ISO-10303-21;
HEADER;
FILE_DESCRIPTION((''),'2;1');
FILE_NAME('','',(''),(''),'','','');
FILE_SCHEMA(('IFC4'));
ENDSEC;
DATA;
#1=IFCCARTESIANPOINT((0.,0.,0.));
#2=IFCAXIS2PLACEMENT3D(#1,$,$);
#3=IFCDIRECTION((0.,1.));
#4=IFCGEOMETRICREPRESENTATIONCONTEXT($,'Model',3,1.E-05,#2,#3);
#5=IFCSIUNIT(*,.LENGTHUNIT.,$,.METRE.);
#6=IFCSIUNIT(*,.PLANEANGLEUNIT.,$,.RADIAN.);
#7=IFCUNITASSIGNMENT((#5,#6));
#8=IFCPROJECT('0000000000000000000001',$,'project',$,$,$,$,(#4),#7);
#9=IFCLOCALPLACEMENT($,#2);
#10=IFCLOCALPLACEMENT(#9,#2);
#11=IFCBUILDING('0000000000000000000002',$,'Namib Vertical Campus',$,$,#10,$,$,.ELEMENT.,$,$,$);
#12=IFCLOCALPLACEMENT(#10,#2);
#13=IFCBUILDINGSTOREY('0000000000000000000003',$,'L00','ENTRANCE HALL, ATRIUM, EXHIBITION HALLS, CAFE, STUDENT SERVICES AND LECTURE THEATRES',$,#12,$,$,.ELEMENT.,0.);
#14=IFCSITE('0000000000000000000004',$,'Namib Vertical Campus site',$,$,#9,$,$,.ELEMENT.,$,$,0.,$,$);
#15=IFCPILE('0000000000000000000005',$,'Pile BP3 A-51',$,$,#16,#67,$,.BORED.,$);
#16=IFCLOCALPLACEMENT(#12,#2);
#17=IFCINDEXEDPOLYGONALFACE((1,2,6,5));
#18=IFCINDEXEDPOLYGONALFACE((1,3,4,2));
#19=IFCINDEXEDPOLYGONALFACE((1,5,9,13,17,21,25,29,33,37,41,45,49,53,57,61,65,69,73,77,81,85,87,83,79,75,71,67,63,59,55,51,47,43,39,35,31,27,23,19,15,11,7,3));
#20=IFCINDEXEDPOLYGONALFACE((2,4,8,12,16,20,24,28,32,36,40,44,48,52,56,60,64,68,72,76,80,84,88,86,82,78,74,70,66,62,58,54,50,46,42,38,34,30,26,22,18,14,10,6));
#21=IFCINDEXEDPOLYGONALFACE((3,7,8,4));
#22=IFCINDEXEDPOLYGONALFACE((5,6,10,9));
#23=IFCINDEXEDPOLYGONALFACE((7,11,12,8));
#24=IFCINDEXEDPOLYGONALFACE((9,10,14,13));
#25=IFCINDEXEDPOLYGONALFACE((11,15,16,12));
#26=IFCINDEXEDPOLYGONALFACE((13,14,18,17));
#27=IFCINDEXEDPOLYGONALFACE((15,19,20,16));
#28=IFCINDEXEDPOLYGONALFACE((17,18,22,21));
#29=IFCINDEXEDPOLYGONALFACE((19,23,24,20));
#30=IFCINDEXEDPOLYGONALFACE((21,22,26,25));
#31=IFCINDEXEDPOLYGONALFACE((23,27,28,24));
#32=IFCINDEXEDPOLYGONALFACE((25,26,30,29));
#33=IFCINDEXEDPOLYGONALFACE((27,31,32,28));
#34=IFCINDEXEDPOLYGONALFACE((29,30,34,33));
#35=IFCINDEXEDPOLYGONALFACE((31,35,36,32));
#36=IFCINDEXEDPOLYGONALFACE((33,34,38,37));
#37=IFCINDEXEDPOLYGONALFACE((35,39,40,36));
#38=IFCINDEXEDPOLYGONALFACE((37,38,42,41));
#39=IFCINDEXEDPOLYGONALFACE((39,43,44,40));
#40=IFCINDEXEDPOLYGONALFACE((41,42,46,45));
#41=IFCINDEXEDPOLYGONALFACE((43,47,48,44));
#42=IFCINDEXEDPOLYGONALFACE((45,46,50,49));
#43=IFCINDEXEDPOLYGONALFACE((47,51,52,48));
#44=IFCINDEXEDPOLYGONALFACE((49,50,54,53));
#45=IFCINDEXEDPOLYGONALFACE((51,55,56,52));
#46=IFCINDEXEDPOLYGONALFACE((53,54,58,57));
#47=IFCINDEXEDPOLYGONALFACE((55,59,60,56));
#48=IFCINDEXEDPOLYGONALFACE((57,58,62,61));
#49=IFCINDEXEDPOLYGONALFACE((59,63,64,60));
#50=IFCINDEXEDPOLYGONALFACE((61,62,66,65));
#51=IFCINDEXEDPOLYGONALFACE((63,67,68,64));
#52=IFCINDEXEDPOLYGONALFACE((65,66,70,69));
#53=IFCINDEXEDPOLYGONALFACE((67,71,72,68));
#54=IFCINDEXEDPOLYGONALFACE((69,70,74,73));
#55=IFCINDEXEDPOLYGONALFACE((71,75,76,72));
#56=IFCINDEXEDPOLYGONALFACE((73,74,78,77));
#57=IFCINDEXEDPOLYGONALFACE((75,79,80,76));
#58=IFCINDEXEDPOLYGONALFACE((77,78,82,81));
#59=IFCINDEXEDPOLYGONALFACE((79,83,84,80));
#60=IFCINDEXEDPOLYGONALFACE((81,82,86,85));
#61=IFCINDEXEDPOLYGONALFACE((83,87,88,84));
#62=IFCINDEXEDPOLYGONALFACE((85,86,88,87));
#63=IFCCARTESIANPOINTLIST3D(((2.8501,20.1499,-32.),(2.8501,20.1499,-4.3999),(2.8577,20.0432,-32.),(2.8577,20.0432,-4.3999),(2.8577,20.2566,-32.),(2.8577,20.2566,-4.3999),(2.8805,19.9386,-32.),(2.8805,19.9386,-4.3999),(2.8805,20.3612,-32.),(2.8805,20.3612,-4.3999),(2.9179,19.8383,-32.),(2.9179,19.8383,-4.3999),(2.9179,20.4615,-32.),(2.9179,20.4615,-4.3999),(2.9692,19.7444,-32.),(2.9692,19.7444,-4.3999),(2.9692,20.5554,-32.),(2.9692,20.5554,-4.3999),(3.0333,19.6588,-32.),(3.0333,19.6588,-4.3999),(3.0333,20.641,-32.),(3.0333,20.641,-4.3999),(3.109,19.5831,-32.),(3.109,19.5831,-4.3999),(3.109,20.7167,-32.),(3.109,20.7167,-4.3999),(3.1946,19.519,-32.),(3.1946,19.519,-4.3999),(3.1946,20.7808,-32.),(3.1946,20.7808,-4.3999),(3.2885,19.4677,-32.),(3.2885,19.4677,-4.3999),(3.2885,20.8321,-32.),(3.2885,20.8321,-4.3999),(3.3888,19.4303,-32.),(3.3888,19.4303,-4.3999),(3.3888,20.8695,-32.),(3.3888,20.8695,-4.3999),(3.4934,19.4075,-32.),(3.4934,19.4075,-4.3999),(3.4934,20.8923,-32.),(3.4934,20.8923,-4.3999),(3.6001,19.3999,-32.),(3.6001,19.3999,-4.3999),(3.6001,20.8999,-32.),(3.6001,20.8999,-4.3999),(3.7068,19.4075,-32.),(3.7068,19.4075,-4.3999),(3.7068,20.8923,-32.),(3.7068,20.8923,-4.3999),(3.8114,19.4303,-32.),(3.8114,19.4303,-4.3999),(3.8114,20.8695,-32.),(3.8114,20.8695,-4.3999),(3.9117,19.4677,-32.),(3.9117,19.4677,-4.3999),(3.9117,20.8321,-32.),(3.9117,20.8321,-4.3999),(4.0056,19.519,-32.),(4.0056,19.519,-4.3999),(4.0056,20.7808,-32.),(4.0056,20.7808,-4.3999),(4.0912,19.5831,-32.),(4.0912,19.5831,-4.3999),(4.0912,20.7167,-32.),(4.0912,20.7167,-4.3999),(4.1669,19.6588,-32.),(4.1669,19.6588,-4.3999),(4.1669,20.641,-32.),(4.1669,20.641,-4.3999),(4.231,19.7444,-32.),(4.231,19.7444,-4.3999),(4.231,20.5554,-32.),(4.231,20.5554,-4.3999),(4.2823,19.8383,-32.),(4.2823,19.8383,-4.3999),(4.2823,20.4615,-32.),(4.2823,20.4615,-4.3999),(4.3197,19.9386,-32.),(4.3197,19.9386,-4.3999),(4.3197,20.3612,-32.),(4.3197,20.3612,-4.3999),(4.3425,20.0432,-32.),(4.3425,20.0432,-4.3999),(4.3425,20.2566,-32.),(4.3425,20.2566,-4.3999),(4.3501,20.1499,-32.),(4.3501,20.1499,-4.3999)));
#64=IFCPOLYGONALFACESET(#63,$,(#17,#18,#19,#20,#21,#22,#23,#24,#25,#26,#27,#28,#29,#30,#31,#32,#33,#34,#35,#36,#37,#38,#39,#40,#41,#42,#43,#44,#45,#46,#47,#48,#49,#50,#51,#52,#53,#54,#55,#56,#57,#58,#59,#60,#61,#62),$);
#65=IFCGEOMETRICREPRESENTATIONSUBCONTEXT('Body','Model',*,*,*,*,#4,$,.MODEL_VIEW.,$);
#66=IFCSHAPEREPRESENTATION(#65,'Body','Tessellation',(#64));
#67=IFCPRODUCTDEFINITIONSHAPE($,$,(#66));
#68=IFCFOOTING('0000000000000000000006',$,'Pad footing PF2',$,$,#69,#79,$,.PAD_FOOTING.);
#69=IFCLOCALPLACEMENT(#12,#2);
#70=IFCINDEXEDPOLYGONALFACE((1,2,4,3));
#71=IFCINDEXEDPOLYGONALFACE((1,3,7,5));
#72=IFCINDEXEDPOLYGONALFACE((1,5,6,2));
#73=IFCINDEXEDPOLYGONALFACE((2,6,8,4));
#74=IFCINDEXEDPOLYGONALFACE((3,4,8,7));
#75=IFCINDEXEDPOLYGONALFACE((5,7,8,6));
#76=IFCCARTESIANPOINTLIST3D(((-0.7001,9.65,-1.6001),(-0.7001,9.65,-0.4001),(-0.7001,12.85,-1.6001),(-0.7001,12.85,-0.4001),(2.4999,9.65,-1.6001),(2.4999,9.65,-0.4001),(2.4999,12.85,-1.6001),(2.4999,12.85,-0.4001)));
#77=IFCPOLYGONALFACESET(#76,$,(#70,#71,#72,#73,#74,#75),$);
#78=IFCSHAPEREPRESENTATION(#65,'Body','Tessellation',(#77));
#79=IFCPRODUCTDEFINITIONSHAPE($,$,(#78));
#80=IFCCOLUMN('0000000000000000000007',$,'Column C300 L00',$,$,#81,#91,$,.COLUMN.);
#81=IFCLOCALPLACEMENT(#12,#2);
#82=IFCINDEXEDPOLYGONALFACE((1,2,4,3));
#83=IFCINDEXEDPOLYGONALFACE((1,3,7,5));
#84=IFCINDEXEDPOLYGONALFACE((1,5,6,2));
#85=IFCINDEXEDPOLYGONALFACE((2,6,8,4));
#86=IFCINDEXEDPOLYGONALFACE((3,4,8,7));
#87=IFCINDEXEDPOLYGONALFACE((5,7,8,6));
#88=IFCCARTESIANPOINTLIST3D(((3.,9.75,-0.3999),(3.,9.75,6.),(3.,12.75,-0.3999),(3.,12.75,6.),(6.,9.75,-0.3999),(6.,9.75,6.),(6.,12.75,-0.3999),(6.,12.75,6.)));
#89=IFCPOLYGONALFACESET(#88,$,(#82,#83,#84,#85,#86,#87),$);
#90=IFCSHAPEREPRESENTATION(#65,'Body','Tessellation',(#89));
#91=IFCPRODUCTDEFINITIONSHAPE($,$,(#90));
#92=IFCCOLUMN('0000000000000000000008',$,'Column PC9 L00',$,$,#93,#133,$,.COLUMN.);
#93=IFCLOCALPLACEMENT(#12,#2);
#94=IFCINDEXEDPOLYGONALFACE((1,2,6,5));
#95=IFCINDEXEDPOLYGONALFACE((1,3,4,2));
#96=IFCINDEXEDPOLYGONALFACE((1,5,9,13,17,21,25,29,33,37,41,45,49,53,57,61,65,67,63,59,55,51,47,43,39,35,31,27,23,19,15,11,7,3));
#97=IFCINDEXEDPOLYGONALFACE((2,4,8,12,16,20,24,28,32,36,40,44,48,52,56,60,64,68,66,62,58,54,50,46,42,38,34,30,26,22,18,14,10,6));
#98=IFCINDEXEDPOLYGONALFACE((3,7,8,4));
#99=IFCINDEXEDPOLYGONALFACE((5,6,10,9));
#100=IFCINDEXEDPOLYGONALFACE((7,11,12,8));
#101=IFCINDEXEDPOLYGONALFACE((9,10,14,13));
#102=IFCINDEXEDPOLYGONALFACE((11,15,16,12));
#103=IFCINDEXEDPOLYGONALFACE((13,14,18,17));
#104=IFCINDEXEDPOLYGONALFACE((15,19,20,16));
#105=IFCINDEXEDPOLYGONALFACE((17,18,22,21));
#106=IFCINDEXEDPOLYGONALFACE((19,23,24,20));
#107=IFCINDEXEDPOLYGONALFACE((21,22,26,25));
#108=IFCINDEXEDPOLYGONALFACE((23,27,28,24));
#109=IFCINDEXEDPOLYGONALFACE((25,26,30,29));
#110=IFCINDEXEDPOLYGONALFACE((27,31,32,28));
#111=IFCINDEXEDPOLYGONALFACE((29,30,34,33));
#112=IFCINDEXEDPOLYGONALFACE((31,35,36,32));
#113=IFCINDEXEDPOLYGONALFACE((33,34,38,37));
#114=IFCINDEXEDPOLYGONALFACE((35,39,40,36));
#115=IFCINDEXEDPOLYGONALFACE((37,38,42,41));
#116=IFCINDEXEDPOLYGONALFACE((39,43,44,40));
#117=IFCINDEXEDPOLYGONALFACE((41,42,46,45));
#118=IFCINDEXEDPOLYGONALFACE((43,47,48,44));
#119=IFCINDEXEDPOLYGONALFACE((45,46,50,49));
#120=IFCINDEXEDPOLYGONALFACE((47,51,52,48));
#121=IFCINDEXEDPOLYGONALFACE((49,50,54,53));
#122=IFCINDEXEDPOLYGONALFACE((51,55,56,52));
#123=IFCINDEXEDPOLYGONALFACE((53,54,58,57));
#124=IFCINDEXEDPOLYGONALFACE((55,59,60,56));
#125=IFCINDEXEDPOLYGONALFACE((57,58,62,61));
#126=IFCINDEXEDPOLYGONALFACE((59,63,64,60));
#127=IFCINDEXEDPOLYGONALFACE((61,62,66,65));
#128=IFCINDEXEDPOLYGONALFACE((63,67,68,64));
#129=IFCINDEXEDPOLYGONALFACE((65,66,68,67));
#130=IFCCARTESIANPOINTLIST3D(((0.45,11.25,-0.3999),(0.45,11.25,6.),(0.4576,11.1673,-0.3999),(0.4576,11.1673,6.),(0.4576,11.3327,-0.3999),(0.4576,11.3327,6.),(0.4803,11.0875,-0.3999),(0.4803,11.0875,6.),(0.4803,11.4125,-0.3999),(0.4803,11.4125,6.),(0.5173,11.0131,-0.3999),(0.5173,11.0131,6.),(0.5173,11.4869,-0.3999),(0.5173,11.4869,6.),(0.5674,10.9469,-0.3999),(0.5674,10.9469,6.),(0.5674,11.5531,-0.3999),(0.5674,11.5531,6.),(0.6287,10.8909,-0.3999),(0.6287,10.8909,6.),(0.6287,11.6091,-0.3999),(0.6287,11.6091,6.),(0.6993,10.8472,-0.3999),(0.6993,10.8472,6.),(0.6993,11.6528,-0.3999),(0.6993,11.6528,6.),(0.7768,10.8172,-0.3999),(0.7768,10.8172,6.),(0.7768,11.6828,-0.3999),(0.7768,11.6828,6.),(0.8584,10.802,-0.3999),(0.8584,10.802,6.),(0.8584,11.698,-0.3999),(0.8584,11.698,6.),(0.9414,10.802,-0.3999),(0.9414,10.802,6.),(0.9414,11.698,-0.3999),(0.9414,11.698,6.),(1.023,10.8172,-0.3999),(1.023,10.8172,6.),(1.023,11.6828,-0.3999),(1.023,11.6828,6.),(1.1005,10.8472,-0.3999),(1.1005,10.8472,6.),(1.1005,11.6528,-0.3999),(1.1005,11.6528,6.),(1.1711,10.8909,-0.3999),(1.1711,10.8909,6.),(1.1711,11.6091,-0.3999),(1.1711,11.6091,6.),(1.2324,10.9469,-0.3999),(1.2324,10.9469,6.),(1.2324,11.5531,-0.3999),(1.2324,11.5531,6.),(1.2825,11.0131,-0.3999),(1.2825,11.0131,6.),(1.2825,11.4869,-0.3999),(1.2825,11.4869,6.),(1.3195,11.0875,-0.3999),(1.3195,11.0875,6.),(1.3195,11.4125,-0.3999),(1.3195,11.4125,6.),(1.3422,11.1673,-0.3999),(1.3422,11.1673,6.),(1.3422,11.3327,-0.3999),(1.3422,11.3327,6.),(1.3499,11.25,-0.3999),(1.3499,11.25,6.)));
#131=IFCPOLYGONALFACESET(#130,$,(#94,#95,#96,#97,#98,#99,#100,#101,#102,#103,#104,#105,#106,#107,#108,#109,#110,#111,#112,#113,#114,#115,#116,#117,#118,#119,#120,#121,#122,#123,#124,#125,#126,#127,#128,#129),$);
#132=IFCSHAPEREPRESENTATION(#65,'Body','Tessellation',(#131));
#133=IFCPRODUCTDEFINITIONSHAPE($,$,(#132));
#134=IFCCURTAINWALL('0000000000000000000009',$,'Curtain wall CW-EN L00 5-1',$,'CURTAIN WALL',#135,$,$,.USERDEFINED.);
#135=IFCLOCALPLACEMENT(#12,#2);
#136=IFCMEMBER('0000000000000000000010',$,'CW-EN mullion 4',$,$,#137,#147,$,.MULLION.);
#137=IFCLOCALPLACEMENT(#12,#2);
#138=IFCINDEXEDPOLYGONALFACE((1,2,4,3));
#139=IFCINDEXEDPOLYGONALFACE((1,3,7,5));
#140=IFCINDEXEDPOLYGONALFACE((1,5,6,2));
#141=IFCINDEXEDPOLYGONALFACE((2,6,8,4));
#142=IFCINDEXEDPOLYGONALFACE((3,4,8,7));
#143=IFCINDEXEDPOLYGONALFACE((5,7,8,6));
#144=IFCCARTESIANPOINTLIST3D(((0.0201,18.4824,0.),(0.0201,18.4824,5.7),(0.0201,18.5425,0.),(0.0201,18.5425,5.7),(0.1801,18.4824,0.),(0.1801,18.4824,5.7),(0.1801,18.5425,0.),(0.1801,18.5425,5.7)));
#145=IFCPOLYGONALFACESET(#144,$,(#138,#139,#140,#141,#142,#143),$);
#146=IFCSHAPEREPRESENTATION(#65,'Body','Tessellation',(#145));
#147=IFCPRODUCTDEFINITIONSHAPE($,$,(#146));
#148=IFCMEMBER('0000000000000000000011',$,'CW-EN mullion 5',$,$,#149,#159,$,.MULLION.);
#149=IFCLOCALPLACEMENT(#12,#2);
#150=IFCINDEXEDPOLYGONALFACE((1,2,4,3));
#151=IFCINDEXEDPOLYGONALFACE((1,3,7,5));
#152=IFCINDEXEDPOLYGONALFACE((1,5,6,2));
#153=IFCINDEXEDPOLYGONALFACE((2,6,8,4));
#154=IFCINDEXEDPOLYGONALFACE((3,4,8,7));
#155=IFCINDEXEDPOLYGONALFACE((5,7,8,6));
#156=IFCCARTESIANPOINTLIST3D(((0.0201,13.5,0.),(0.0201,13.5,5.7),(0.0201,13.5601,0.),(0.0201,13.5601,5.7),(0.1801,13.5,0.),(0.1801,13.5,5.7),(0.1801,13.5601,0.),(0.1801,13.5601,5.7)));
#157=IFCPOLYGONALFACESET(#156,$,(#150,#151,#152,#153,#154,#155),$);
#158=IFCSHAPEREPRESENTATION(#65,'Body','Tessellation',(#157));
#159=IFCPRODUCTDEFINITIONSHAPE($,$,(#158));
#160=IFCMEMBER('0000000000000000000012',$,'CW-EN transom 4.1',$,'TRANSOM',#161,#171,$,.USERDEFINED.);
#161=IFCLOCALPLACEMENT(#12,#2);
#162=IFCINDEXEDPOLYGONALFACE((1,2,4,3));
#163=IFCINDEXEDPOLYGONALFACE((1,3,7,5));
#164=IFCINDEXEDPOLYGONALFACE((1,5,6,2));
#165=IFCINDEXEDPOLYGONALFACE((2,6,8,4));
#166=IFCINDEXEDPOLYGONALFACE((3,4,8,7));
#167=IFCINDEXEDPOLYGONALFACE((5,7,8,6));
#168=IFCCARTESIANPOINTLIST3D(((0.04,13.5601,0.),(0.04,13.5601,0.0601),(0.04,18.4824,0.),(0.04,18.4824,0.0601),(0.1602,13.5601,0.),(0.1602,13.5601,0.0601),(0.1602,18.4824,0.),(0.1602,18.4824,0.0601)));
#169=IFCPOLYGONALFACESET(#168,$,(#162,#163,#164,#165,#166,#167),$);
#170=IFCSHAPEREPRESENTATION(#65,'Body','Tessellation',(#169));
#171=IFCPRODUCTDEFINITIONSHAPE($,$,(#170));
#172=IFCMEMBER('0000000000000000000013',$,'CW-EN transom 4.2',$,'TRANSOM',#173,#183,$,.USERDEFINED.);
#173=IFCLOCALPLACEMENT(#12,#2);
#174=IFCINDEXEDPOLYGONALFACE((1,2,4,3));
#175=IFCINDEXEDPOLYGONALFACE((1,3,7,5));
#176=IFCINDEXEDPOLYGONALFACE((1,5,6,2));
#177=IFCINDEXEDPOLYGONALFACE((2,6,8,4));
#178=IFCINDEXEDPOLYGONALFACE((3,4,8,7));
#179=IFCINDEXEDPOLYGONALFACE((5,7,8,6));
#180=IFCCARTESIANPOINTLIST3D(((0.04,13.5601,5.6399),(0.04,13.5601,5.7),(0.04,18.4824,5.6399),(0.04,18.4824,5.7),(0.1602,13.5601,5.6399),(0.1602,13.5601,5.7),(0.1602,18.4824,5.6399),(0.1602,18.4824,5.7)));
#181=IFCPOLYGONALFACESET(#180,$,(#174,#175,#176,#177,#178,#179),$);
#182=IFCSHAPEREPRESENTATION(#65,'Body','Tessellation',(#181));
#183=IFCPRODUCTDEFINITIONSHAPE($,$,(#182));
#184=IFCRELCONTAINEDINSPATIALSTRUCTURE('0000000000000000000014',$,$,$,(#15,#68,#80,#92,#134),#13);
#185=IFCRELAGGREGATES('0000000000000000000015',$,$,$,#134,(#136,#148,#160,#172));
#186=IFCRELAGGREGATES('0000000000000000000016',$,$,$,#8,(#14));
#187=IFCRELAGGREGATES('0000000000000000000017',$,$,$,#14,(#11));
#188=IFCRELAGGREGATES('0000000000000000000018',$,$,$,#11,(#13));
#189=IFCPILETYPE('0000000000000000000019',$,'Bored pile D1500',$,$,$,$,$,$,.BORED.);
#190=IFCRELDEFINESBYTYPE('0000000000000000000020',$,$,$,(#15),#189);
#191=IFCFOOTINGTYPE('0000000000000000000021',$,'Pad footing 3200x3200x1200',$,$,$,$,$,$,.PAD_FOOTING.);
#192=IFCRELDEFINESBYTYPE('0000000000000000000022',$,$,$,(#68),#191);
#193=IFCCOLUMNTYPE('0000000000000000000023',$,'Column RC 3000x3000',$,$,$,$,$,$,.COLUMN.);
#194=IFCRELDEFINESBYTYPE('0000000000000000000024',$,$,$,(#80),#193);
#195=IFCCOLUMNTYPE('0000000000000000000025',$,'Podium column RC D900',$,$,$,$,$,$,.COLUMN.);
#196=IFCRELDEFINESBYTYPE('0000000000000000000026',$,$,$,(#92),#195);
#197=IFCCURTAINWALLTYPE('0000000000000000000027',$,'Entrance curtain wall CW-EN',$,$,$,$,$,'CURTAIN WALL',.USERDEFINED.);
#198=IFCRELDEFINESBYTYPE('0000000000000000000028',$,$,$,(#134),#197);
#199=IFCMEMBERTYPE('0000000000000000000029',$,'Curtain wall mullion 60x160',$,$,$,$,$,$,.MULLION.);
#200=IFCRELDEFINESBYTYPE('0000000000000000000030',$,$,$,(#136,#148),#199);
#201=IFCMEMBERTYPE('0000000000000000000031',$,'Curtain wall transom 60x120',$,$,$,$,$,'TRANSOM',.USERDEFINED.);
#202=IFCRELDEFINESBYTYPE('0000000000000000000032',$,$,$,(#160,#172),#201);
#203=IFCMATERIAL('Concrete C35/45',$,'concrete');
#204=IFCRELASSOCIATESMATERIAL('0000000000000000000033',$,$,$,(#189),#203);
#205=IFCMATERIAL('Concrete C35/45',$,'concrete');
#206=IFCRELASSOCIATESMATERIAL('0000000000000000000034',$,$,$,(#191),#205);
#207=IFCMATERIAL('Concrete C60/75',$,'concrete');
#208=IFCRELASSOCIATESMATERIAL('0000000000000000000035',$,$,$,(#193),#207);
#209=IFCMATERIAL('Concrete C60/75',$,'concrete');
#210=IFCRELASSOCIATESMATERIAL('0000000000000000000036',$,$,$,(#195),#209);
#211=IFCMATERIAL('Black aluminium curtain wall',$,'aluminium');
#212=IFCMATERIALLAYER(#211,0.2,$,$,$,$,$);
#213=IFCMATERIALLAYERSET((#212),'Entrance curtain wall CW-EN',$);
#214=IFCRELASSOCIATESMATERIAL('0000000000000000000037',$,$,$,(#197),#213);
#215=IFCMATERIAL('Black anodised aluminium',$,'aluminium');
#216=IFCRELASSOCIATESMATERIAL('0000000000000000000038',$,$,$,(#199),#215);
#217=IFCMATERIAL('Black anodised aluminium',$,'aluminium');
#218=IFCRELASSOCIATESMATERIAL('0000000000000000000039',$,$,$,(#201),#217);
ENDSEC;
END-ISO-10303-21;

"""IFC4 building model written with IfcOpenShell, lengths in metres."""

from ifc_helpers import new_model, si_unit, direction, frame, origin, origin_2d, place, context, subcontext, project, spatial, rectangle, circle, extrude, material, layer, layer_set, material_profile, profile_set, type_object, element, aggregate, save


model = new_model("IFC4")

# Units and contexts
model_context = context("Model", 3, precision=1e-05, world=origin(), true_north=direction((0.0, 1.0)))
body_context = subcontext(model_context, "Body", "Model", "MODEL_VIEW")
ifc_project = project(units=[si_unit("LENGTHUNIT", "METRE"), si_unit("PLANEANGLEUNIT", "RADIAN")], contexts=[model_context])

# Site, building, storey
site_placement = place(None, origin())
site = spatial("IfcSite", under=ifc_project, at=site_placement, Name="Namib Vertical Campus site", CompositionType="ELEMENT", RefElevation=0.0)
building_placement = place(site_placement, origin())
building = spatial("IfcBuilding", under=site, at=building_placement, Name="Namib Vertical Campus", CompositionType="ELEMENT")
storey_placement = place(building_placement, origin())
storey = spatial("IfcBuildingStorey", under=building, at=storey_placement, Name="L00", Description="ENTRANCE HALL, ATRIUM, EXHIBITION HALLS, CAFE, STUDENT SERVICES AND LECTURE THEATRES", CompositionType="ELEMENT", Elevation=0.0)

# Pile
ifc_material_1 = material(Name="Concrete C35/45", Category="concrete")
ifc_material_profile_1 = material_profile(ifc_material_1, circle(Radius=0.75, at=origin_2d()))
ifc_profile_set_1 = profile_set([ifc_material_profile_1], Name="Concrete C35/45")
pile_type = type_object("IfcPileType", Name="Bored pile D1500", PredefinedType="BORED", material=ifc_profile_set_1)
for number, where, z_axis, x_axis, name in (
    (1, (3.6001, 20.1499, -4.3999), (0.0, 0.0, -1.0), (1.0, 0.0, 0.0), "Pile BP3 A-51"),
):
    element("IfcPile", number, at=place(storey_placement, frame(where, z_axis=z_axis, x_axis=x_axis)), inside=storey, type_object=pile_type, Name=name, PredefinedType="BORED", context=body_context, shape_type="SweptSolid", body=[
        extrude(circle(Radius=0.75, at=origin_2d()), origin(), (0.0, 0.0, 1.0), 27.6001),
    ])

# Footing
ifc_material_2 = material(Name="Concrete C35/45", Category="concrete")
footing_type = type_object("IfcFootingType", Name="Pad footing 3200x3200x1200", PredefinedType="PAD_FOOTING", material=ifc_material_2)
footing_placement = place(storey_placement, frame((0.8999, 11.25, -1.6001), z_axis=(0.0, 0.0, 1.0), x_axis=(1.0, 0.0, 0.0)))
element("IfcFooting", 2, at=footing_placement, inside=storey, type_object=footing_type, Name="Pad footing PF2", PredefinedType="PAD_FOOTING", context=body_context, shape_type="SweptSolid", body=[
    extrude(rectangle(XDim=3.2, YDim=3.2, at=origin_2d()), origin(), (0.0, 0.0, 1.0), 1.2),
])

# Columns
ifc_material_3 = material(Name="Concrete C60/75", Category="concrete")
ifc_material_profile_2 = material_profile(ifc_material_3, rectangle(XDim=3.0, YDim=3.0, at=origin_2d()))
ifc_profile_set_2 = profile_set([ifc_material_profile_2], Name="Concrete C60/75")
column_type_1 = type_object("IfcColumnType", Name="Column RC 3000x3000", PredefinedType="COLUMN", material=ifc_profile_set_2)
column_1_placement = place(storey_placement, frame((4.5, 11.25, -0.3999), z_axis=(0.0, 0.0, 1.0), x_axis=(1.0, 0.0, 0.0)))
element("IfcColumn", 3, at=column_1_placement, inside=storey, type_object=column_type_1, Name="Column C300 L00", PredefinedType="COLUMN", context=body_context, shape_type="SweptSolid", body=[
    extrude(rectangle(XDim=3.0, YDim=3.0, at=origin_2d()), origin(), (0.0, 0.0, 1.0), 6.3999),
])
ifc_material_4 = material(Name="Concrete C60/75", Category="concrete")
ifc_material_profile_3 = material_profile(ifc_material_4, circle(Radius=0.45, at=origin_2d()))
ifc_profile_set_3 = profile_set([ifc_material_profile_3], Name="Concrete C60/75")
column_type_2 = type_object("IfcColumnType", Name="Podium column RC D900", PredefinedType="COLUMN", material=ifc_profile_set_3)
column_2_placement = place(storey_placement, frame((0.8999, 11.25, -0.3999), z_axis=(0.0, 0.0, 1.0), x_axis=(1.0, 0.0, 0.0)))
element("IfcColumn", 4, at=column_2_placement, inside=storey, type_object=column_type_2, Name="Column PC9 L00", PredefinedType="COLUMN", context=body_context, shape_type="SweptSolid", body=[
    extrude(circle(Radius=0.45, at=origin_2d()), origin(), (0.0, 0.0, 1.0), 6.3999),
])

# Curtain wall, members
ifc_material_5 = material(Name="Black aluminium curtain wall", Category="aluminium")
ifc_layer_1 = layer(ifc_material_5, 0.2)
ifc_layer_set_1 = layer_set([ifc_layer_1], Name="Entrance curtain wall CW-EN")
curtain_wall_type = type_object("IfcCurtainWallType", Name="Entrance curtain wall CW-EN", ElementType="CURTAIN WALL", PredefinedType="USERDEFINED", material=ifc_layer_set_1)
curtain_wall_placement = place(storey_placement, origin())
curtain_wall = element("IfcCurtainWall", 5, at=curtain_wall_placement, inside=storey, type_object=curtain_wall_type, Name="Curtain wall CW-EN L00 5-1", ObjectType="CURTAIN WALL", PredefinedType="USERDEFINED")
ifc_material_6 = material(Name="Black anodised aluminium", Category="aluminium")
ifc_material_profile_4 = material_profile(ifc_material_6, rectangle(XDim=0.0601, YDim=0.1599, at=origin_2d()))
ifc_profile_set_4 = profile_set([ifc_material_profile_4], Name="Black anodised aluminium")
member_type_1 = type_object("IfcMemberType", Name="Curtain wall mullion 60x160", PredefinedType="MULLION", material=ifc_profile_set_4)
member_1_placement = place(storey_placement, frame((0.1001, 18.5125, 0.0), z_axis=(0.0, 0.0, 1.0), x_axis=(0.0, -1.0, 0.0)))
member_1 = element("IfcMember", 6, at=member_1_placement, type_object=member_type_1, Name="CW-EN mullion 4", PredefinedType="MULLION", context=body_context, shape_type="SweptSolid", body=[
    extrude(rectangle(XDim=0.0601, YDim=0.1599, at=origin_2d()), origin(), (0.0, 0.0, 1.0), 5.7),
])
member_2_placement = place(storey_placement, frame((0.1001, 13.53, 0.0), z_axis=(0.0, 0.0, 1.0), x_axis=(0.0, -1.0, 0.0)))
member_2 = element("IfcMember", 7, at=member_2_placement, type_object=member_type_1, Name="CW-EN mullion 5", PredefinedType="MULLION", context=body_context, shape_type="SweptSolid", body=[
    extrude(rectangle(XDim=0.0601, YDim=0.1599, at=origin_2d()), origin(), (0.0, 0.0, 1.0), 5.7),
])
ifc_material_7 = material(Name="Black anodised aluminium", Category="aluminium")
ifc_material_profile_5 = material_profile(ifc_material_7, rectangle(XDim=0.0601, YDim=0.1201, at=origin_2d()))
ifc_profile_set_5 = profile_set([ifc_material_profile_5], Name="Black anodised aluminium")
member_type_2 = type_object("IfcMemberType", Name="Curtain wall transom 60x120", ElementType="TRANSOM", PredefinedType="USERDEFINED", material=ifc_profile_set_5)
member_3_placement = place(storey_placement, frame((0.1001, 18.4824, 0.03), z_axis=(0.0, -1.0, 0.0), x_axis=(0.0, 0.0, 1.0)))
member_3 = element("IfcMember", 8, at=member_3_placement, type_object=member_type_2, Name="CW-EN transom 4.1", ObjectType="TRANSOM", PredefinedType="USERDEFINED", context=body_context, shape_type="SweptSolid", body=[
    extrude(rectangle(XDim=0.0601, YDim=0.1201, at=origin_2d()), origin(), (0.0, 0.0, 1.0), 4.9224),
])
member_4_placement = place(storey_placement, frame((0.1001, 18.4824, 5.6699), z_axis=(0.0, -1.0, 0.0), x_axis=(0.0, 0.0, 1.0)))
member_4 = element("IfcMember", 9, at=member_4_placement, type_object=member_type_2, Name="CW-EN transom 4.2", ObjectType="TRANSOM", PredefinedType="USERDEFINED", context=body_context, shape_type="SweptSolid", body=[
    extrude(rectangle(XDim=0.0601, YDim=0.1201, at=origin_2d()), origin(), (0.0, 0.0, 1.0), 4.9224),
])
aggregate(curtain_wall, [member_1, member_2, member_3, member_4])

save(model, "model.ifc")
